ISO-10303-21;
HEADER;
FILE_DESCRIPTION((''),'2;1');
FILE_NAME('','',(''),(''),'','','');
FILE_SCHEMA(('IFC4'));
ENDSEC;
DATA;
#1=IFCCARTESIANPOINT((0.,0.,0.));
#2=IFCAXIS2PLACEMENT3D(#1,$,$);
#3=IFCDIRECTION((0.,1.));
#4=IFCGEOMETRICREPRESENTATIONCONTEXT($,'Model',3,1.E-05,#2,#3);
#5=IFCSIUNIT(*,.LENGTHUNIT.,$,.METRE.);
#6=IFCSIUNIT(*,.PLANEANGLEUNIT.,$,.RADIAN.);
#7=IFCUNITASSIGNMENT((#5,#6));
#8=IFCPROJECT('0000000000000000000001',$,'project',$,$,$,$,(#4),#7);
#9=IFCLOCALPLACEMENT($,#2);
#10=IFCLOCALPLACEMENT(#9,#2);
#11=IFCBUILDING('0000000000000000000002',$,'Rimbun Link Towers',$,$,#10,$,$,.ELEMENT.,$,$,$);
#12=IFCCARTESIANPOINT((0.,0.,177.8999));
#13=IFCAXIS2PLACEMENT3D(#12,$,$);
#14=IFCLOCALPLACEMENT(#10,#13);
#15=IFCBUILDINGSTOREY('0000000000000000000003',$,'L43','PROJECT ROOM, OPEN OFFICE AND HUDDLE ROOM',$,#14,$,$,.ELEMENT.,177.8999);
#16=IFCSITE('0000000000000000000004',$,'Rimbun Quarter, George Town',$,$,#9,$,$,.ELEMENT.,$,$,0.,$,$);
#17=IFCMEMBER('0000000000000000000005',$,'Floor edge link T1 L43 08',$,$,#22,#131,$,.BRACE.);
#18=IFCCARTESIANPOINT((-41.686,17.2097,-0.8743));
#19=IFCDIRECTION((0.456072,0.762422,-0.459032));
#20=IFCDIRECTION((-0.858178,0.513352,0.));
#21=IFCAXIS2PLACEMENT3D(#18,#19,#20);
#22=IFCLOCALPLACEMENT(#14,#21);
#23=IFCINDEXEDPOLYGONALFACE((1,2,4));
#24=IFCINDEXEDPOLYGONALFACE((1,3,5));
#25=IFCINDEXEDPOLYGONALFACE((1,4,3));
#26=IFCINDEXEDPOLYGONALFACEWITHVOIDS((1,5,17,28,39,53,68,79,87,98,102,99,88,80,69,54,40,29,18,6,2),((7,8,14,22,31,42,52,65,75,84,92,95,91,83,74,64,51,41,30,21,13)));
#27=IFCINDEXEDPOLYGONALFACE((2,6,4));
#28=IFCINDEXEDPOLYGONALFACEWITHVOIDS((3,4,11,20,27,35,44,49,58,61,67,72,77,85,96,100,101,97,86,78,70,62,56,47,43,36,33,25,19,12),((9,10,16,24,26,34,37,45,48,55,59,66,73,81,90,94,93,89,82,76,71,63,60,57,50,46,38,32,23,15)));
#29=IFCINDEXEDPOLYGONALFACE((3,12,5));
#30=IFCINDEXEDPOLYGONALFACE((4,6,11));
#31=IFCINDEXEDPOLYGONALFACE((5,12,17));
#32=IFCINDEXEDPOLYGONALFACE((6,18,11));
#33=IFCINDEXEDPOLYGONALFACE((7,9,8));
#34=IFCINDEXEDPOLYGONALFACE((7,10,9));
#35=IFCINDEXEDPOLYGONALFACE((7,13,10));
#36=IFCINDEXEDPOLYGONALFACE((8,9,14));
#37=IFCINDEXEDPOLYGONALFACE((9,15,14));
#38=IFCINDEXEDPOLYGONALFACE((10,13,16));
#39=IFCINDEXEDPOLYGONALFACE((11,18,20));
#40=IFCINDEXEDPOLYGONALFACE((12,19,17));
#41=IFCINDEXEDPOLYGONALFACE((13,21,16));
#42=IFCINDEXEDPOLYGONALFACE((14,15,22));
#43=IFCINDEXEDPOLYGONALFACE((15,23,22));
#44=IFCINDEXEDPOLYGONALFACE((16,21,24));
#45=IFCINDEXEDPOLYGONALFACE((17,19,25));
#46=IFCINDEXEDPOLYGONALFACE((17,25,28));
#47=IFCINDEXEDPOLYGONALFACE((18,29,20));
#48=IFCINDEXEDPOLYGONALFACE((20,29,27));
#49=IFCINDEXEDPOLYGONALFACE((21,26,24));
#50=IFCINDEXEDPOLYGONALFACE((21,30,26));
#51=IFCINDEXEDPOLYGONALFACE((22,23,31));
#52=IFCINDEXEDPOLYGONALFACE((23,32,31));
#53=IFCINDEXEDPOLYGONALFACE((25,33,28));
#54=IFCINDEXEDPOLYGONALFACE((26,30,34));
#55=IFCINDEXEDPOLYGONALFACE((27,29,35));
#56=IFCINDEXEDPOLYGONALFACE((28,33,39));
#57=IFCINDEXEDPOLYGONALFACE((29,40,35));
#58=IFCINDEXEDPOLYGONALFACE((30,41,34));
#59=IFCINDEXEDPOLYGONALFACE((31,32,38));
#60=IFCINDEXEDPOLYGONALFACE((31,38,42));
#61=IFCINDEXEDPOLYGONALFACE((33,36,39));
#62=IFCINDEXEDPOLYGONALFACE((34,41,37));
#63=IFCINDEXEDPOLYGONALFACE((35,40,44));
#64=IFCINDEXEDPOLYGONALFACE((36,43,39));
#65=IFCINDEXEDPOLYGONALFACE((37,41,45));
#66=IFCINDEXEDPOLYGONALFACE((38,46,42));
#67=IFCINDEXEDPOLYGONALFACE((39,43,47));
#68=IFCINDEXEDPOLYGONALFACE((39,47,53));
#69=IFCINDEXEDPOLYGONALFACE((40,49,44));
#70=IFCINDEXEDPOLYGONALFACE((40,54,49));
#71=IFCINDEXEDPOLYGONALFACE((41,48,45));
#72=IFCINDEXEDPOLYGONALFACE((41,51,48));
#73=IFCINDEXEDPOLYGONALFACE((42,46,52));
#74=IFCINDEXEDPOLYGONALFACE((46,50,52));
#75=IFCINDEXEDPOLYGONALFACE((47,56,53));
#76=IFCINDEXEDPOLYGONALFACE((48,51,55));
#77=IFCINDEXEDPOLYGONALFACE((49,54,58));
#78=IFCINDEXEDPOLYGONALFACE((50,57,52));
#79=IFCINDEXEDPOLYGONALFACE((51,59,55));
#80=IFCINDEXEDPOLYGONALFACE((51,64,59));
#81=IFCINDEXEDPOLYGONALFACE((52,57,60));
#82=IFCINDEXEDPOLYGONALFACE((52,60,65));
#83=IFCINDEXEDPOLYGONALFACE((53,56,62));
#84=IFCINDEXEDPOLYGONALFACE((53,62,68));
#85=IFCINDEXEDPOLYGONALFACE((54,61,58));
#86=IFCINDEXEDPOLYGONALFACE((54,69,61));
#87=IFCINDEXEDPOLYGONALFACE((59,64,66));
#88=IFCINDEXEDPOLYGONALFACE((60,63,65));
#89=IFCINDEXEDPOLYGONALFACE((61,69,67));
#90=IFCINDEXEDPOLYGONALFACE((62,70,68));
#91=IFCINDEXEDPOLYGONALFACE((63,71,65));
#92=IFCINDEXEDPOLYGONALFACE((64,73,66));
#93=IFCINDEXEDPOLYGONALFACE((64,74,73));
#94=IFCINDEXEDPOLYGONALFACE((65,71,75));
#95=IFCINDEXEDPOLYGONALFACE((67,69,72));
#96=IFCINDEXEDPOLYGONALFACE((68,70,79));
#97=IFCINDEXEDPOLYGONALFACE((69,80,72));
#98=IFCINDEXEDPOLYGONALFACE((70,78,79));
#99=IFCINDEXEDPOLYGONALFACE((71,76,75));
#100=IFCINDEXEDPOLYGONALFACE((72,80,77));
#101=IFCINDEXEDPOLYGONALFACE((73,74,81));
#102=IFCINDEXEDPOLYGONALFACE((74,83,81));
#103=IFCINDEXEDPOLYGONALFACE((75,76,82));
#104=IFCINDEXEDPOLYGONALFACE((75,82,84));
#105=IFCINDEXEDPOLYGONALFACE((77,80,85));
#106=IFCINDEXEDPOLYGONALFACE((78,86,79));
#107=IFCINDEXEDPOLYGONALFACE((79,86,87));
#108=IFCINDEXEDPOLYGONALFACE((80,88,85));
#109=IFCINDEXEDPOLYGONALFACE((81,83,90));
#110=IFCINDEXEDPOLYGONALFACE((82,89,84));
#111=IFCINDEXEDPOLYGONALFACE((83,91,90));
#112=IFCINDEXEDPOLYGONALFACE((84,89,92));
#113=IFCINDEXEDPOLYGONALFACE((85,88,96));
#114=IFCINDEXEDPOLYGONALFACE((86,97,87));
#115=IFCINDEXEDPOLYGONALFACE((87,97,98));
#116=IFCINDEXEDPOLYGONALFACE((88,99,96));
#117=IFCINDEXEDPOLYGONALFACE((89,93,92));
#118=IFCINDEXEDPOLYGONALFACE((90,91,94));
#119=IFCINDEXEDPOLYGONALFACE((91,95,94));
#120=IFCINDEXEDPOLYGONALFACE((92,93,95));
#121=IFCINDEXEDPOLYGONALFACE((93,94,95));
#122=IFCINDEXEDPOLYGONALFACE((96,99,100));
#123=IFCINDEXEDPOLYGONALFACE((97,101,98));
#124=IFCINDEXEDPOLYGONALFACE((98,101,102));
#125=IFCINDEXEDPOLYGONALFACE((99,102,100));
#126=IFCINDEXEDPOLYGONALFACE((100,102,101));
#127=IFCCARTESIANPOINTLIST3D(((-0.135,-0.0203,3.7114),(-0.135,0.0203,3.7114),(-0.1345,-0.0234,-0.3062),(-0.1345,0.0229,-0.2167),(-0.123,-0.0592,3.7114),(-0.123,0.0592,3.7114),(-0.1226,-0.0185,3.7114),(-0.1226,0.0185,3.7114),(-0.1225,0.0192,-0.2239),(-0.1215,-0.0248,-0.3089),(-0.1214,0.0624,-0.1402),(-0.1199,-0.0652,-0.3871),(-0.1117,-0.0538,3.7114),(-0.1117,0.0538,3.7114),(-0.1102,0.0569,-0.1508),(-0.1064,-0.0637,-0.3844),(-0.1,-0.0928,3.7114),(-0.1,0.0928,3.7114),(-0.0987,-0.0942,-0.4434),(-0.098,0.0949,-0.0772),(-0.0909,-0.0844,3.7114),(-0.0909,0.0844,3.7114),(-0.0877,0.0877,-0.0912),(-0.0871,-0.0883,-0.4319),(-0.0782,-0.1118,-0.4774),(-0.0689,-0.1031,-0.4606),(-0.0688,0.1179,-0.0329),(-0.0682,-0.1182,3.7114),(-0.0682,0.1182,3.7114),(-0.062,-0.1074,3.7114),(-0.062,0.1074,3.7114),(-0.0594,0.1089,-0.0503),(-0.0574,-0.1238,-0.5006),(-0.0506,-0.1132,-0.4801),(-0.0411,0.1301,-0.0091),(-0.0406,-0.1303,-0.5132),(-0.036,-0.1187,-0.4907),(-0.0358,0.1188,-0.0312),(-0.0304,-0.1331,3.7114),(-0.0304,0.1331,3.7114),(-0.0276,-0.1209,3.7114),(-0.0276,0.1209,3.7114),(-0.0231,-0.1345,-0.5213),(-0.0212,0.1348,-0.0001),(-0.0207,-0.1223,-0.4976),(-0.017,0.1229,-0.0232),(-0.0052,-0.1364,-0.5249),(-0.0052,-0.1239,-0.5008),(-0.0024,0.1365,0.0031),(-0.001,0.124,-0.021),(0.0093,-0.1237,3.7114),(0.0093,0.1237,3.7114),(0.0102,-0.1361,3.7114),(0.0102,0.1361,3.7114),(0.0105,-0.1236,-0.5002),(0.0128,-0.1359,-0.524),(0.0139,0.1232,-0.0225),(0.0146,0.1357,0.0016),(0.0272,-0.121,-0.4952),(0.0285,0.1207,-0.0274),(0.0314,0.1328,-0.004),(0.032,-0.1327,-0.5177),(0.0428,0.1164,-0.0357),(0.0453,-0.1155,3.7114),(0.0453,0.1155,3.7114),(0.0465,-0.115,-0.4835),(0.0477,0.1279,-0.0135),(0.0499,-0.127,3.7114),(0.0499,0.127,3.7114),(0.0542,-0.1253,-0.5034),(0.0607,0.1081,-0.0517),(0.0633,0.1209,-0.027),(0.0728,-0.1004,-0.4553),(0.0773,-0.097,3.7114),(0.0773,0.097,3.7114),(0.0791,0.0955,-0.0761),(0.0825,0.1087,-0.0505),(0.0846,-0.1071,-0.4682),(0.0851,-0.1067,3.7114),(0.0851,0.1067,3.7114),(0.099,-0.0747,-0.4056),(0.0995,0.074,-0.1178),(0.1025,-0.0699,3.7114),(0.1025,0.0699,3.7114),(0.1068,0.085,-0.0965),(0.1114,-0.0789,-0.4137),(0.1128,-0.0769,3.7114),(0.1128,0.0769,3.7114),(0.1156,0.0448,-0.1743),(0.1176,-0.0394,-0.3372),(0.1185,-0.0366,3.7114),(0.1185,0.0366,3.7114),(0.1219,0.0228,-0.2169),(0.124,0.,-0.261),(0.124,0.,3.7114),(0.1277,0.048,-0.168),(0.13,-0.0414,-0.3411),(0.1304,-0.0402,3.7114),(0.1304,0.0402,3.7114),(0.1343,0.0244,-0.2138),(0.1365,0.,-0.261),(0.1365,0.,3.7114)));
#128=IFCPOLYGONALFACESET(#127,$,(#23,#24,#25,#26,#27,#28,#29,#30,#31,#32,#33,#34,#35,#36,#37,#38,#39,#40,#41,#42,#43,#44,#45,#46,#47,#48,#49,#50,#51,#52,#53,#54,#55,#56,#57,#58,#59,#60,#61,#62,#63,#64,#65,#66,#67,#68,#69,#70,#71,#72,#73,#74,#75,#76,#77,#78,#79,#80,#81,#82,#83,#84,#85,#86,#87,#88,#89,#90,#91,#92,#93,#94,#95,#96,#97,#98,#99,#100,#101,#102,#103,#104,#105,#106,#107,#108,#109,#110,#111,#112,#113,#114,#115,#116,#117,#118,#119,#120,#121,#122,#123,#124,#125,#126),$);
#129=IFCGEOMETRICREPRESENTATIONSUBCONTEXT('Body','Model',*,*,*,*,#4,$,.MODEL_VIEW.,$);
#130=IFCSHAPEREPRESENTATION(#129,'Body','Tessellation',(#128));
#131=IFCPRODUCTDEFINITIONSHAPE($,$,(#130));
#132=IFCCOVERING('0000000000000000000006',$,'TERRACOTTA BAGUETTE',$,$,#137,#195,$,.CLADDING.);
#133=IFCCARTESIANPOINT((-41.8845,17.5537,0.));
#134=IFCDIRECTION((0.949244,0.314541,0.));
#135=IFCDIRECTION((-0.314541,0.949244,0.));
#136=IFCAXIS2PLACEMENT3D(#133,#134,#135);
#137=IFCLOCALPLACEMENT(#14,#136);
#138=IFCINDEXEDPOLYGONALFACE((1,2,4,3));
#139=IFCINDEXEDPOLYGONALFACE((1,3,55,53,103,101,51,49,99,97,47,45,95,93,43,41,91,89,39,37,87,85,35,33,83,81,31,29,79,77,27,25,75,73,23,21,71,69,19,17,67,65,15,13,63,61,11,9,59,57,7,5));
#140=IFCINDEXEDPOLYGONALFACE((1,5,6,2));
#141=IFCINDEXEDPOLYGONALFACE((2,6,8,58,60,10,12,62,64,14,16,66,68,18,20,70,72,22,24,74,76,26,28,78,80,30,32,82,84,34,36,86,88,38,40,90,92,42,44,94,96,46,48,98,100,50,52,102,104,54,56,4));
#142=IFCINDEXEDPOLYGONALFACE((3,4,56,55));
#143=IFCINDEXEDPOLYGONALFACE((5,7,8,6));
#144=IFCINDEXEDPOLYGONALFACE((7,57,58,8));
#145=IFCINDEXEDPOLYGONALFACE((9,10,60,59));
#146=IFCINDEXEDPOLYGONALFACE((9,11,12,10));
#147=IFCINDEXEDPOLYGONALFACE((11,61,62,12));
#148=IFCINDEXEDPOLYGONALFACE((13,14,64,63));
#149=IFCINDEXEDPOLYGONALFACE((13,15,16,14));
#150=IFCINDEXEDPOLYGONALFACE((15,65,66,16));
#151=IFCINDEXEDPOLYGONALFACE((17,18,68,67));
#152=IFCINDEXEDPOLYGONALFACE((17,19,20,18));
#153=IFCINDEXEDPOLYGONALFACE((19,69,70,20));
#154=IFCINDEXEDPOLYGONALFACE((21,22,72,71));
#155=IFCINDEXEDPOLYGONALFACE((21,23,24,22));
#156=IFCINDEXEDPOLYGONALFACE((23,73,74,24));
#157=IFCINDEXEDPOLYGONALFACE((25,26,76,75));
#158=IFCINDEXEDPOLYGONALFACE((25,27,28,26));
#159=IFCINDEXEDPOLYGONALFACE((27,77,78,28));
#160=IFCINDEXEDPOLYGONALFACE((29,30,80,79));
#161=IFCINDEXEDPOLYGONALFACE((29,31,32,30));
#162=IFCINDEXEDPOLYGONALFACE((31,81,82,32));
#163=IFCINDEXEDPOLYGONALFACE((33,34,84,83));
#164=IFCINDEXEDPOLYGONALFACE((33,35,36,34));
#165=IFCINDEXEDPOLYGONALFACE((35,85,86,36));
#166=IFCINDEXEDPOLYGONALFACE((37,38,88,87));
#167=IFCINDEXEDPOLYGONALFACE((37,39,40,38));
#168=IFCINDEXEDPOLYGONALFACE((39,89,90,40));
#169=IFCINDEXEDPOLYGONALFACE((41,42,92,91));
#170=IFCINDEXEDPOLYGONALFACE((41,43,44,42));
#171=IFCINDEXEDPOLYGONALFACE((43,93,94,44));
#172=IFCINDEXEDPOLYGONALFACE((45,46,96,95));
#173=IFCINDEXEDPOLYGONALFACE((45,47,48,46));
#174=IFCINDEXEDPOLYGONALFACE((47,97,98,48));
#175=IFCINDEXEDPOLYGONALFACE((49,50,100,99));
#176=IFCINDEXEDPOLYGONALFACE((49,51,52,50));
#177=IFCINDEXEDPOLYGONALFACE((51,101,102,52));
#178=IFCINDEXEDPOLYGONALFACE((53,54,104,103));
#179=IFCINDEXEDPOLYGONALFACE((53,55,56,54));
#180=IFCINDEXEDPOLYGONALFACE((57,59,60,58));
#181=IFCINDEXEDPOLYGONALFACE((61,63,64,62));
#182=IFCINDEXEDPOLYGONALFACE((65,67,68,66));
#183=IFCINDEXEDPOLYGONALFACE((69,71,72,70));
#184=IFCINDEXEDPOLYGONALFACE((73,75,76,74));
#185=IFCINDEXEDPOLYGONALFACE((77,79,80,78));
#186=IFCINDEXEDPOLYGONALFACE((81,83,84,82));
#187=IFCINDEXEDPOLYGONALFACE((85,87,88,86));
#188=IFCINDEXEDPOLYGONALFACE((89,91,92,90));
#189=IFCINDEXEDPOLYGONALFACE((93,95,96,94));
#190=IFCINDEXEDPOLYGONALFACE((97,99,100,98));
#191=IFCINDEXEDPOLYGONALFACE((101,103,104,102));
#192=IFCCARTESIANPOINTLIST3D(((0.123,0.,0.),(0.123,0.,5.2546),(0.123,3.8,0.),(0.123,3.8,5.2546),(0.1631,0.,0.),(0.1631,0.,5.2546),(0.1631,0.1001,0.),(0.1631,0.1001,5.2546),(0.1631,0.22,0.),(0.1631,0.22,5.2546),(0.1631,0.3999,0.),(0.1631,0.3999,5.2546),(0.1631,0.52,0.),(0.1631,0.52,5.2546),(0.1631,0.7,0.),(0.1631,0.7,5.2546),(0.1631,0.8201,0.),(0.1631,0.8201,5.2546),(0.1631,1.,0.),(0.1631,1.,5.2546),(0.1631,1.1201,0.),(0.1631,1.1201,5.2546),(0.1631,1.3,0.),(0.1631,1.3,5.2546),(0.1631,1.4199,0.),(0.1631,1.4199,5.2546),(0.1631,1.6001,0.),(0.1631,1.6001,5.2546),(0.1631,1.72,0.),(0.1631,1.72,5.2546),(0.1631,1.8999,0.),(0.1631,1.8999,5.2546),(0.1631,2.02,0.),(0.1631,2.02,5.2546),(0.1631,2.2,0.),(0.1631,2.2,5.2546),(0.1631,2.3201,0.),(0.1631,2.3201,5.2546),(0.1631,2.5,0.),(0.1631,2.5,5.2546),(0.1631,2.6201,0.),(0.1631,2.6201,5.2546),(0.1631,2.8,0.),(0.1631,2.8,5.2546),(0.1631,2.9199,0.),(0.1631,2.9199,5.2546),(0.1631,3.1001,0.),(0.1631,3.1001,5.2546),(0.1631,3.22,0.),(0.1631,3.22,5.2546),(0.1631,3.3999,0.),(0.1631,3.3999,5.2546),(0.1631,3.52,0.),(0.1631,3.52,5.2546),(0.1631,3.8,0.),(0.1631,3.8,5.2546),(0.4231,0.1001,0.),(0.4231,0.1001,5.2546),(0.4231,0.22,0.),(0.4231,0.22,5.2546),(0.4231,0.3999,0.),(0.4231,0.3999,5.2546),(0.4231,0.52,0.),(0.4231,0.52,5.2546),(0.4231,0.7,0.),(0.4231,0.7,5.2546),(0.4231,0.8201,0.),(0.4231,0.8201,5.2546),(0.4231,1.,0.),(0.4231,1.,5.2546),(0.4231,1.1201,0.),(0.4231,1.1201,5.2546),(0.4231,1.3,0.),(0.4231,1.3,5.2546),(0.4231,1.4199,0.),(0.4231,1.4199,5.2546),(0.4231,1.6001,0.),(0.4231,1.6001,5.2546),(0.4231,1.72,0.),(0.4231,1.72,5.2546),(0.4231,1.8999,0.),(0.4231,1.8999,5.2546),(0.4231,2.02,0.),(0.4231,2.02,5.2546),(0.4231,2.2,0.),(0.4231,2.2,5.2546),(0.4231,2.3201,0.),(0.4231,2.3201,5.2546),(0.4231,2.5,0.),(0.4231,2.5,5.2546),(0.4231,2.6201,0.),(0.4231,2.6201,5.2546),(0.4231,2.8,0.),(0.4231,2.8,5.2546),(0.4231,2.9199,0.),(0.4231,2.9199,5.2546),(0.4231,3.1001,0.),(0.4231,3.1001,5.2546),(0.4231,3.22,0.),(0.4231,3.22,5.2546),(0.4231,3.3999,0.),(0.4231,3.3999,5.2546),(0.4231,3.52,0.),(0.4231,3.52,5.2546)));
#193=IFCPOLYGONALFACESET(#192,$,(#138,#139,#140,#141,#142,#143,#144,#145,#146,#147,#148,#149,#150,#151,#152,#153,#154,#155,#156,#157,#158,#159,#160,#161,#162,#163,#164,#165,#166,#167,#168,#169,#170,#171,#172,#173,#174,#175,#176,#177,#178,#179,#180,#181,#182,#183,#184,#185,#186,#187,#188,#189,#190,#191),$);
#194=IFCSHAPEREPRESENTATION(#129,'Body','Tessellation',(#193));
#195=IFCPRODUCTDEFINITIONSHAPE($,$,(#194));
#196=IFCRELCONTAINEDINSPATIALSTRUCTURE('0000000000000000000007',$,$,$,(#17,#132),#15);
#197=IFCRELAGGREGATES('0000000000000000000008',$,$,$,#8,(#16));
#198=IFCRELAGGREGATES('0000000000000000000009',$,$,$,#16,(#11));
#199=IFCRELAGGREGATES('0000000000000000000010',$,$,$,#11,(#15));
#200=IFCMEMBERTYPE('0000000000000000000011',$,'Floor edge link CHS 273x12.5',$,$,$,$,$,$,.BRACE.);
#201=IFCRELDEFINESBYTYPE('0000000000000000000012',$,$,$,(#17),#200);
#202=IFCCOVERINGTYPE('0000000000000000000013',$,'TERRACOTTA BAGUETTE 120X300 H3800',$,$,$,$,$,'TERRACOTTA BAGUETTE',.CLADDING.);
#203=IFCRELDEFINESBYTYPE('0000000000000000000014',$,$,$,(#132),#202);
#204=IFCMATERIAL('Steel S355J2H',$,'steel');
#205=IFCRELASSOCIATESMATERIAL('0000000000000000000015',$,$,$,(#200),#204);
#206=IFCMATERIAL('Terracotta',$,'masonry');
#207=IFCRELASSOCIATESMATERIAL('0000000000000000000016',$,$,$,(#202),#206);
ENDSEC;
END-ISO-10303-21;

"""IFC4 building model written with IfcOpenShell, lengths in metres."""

from ifc_helpers import new_model, si_unit, direction, frame, origin, origin_2d, place, context, subcontext, project, spatial, polyline, hollow_circle, outline, extrude, clip, halfspace, material, material_profile, profile_set, type_object, element, save


model = new_model("IFC4")

# Units and contexts
model_context = context("Model", 3, precision=1e-05, world=origin(), true_north=direction((0.0, 1.0)))
body_context = subcontext(model_context, "Body", "Model", "MODEL_VIEW")
ifc_project = project(units=[si_unit("LENGTHUNIT", "METRE"), si_unit("PLANEANGLEUNIT", "RADIAN")], contexts=[model_context])

# Site, building, storey
site_placement = place(None, origin())
site = spatial("IfcSite", under=ifc_project, at=site_placement, Name="Rimbun Quarter, George Town", CompositionType="ELEMENT", RefElevation=0.0)
building_placement = place(site_placement, origin())
building = spatial("IfcBuilding", under=site, at=building_placement, Name="Rimbun Link Towers", CompositionType="ELEMENT")
storey_placement = place(building_placement, frame((0.0, 0.0, 177.8999)))
storey = spatial("IfcBuildingStorey", under=building, at=storey_placement, Name="L43", Description="PROJECT ROOM, OPEN OFFICE AND HUDDLE ROOM", CompositionType="ELEMENT", Elevation=177.8999)

# Member
ifc_material_1 = material(Name="Steel S355J2H", Category="steel")
ifc_material_profile_1 = material_profile(ifc_material_1, hollow_circle(Radius=0.1365, WallThickness=0.0125, at=origin_2d()), Name="CHS 273x12.5")
ifc_profile_set_1 = profile_set([ifc_material_profile_1], Name="Steel S355J2H")
member_type_1 = type_object("IfcMemberType", Name="Floor edge link CHS 273x12.5", PredefinedType="BRACE", material=ifc_profile_set_1)
member_1_placement = place(storey_placement, frame((-41.686, 17.2097, -0.8743), z_axis=(0.456072, 0.762422, -0.459032), x_axis=(-0.858178, 0.513352, 0.0)))
element("IfcMember", 1, at=member_1_placement, inside=storey, type_object=member_type_1, Name="Floor edge link T1 L43 08", PredefinedType="BRACE", context=body_context, shape_type="Clipping", body=[
    clip(extrude(hollow_circle(Radius=0.1365, WallThickness=0.0125, at=origin_2d()), frame((0.0, 0.0, -0.55)), (0.0, 0.0, 1.0), 4.2615), halfspace(frame((0.0, 0.0, -0.261), z_axis=(0.0, 0.88842, -0.459032)), False)),
])

# Covering
ifc_material_2 = material(Name="Terracotta", Category="masonry")
ifc_material_profile_2 = material_profile(ifc_material_2, outline(polyline([(0.123, 0.0), (0.1631, 0.0), (0.1631, 0.1001), (0.4231, 0.1001), (0.4231, 0.22), (0.1631, 0.22), (0.1631, 0.3999), (0.4231, 0.3999), (0.4231, 0.52), (0.1631, 0.52), (0.1631, 0.7), (0.4231, 0.7), (0.4231, 0.8201), (0.1631, 0.8201), (0.1631, 1.0), (0.4231, 1.0), (0.4231, 1.1201), (0.1631, 1.1201), (0.1631, 1.3), (0.4231, 1.3), (0.4231, 1.4199), (0.1631, 1.4199), (0.1631, 1.6001), (0.4231, 1.6001), (0.4231, 1.72), (0.1631, 1.72), (0.1631, 1.8999), (0.4231, 1.8999), (0.4231, 2.02), (0.1631, 2.02), (0.1631, 2.2), (0.4231, 2.2), (0.4231, 2.3201), (0.1631, 2.3201), (0.1631, 2.5), (0.4231, 2.5), (0.4231, 2.6201), (0.1631, 2.6201), (0.1631, 2.8), (0.4231, 2.8), (0.4231, 2.9199), (0.1631, 2.9199), (0.1631, 3.1001), (0.4231, 3.1001), (0.4231, 3.22), (0.1631, 3.22), (0.1631, 3.3999), (0.4231, 3.3999), (0.4231, 3.52), (0.1631, 3.52), (0.1631, 3.8), (0.123, 3.8), (0.123, 0.0)])), Name="BAGUETTE 120X300")
ifc_profile_set_2 = profile_set([ifc_material_profile_2], Name="Terracotta")
covering_type = type_object("IfcCoveringType", Name="TERRACOTTA BAGUETTE 120X300 H3800", ElementType="TERRACOTTA BAGUETTE", PredefinedType="CLADDING", material=ifc_profile_set_2)
covering_placement = place(storey_placement, frame((-41.8845, 17.5537, 0.0), z_axis=(0.949244, 0.314541, 0.0), x_axis=(-0.314541, 0.949244, 0.0)))
element("IfcCovering", 2, at=covering_placement, inside=storey, type_object=covering_type, Name="TERRACOTTA BAGUETTE", PredefinedType="CLADDING", context=body_context, shape_type="SweptSolid", body=[
    extrude(outline(polyline([(0.123, 0.0), (0.1631, 0.0), (0.1631, 0.1001), (0.4231, 0.1001), (0.4231, 0.22), (0.1631, 0.22), (0.1631, 0.3999), (0.4231, 0.3999), (0.4231, 0.52), (0.1631, 0.52), (0.1631, 0.7), (0.4231, 0.7), (0.4231, 0.8201), (0.1631, 0.8201), (0.1631, 1.0), (0.4231, 1.0), (0.4231, 1.1201), (0.1631, 1.1201), (0.1631, 1.3), (0.4231, 1.3), (0.4231, 1.4199), (0.1631, 1.4199), (0.1631, 1.6001), (0.4231, 1.6001), (0.4231, 1.72), (0.1631, 1.72), (0.1631, 1.8999), (0.4231, 1.8999), (0.4231, 2.02), (0.1631, 2.02), (0.1631, 2.2), (0.4231, 2.2), (0.4231, 2.3201), (0.1631, 2.3201), (0.1631, 2.5), (0.4231, 2.5), (0.4231, 2.6201), (0.1631, 2.6201), (0.1631, 2.8), (0.4231, 2.8), (0.4231, 2.9199), (0.1631, 2.9199), (0.1631, 3.1001), (0.4231, 3.1001), (0.4231, 3.22), (0.1631, 3.22), (0.1631, 3.3999), (0.4231, 3.3999), (0.4231, 3.52), (0.1631, 3.52), (0.1631, 3.8), (0.123, 3.8), (0.123, 0.0)])), origin(), (0.0, 0.0, 1.0), 5.2546),
])

save(model, "model.ifc")
